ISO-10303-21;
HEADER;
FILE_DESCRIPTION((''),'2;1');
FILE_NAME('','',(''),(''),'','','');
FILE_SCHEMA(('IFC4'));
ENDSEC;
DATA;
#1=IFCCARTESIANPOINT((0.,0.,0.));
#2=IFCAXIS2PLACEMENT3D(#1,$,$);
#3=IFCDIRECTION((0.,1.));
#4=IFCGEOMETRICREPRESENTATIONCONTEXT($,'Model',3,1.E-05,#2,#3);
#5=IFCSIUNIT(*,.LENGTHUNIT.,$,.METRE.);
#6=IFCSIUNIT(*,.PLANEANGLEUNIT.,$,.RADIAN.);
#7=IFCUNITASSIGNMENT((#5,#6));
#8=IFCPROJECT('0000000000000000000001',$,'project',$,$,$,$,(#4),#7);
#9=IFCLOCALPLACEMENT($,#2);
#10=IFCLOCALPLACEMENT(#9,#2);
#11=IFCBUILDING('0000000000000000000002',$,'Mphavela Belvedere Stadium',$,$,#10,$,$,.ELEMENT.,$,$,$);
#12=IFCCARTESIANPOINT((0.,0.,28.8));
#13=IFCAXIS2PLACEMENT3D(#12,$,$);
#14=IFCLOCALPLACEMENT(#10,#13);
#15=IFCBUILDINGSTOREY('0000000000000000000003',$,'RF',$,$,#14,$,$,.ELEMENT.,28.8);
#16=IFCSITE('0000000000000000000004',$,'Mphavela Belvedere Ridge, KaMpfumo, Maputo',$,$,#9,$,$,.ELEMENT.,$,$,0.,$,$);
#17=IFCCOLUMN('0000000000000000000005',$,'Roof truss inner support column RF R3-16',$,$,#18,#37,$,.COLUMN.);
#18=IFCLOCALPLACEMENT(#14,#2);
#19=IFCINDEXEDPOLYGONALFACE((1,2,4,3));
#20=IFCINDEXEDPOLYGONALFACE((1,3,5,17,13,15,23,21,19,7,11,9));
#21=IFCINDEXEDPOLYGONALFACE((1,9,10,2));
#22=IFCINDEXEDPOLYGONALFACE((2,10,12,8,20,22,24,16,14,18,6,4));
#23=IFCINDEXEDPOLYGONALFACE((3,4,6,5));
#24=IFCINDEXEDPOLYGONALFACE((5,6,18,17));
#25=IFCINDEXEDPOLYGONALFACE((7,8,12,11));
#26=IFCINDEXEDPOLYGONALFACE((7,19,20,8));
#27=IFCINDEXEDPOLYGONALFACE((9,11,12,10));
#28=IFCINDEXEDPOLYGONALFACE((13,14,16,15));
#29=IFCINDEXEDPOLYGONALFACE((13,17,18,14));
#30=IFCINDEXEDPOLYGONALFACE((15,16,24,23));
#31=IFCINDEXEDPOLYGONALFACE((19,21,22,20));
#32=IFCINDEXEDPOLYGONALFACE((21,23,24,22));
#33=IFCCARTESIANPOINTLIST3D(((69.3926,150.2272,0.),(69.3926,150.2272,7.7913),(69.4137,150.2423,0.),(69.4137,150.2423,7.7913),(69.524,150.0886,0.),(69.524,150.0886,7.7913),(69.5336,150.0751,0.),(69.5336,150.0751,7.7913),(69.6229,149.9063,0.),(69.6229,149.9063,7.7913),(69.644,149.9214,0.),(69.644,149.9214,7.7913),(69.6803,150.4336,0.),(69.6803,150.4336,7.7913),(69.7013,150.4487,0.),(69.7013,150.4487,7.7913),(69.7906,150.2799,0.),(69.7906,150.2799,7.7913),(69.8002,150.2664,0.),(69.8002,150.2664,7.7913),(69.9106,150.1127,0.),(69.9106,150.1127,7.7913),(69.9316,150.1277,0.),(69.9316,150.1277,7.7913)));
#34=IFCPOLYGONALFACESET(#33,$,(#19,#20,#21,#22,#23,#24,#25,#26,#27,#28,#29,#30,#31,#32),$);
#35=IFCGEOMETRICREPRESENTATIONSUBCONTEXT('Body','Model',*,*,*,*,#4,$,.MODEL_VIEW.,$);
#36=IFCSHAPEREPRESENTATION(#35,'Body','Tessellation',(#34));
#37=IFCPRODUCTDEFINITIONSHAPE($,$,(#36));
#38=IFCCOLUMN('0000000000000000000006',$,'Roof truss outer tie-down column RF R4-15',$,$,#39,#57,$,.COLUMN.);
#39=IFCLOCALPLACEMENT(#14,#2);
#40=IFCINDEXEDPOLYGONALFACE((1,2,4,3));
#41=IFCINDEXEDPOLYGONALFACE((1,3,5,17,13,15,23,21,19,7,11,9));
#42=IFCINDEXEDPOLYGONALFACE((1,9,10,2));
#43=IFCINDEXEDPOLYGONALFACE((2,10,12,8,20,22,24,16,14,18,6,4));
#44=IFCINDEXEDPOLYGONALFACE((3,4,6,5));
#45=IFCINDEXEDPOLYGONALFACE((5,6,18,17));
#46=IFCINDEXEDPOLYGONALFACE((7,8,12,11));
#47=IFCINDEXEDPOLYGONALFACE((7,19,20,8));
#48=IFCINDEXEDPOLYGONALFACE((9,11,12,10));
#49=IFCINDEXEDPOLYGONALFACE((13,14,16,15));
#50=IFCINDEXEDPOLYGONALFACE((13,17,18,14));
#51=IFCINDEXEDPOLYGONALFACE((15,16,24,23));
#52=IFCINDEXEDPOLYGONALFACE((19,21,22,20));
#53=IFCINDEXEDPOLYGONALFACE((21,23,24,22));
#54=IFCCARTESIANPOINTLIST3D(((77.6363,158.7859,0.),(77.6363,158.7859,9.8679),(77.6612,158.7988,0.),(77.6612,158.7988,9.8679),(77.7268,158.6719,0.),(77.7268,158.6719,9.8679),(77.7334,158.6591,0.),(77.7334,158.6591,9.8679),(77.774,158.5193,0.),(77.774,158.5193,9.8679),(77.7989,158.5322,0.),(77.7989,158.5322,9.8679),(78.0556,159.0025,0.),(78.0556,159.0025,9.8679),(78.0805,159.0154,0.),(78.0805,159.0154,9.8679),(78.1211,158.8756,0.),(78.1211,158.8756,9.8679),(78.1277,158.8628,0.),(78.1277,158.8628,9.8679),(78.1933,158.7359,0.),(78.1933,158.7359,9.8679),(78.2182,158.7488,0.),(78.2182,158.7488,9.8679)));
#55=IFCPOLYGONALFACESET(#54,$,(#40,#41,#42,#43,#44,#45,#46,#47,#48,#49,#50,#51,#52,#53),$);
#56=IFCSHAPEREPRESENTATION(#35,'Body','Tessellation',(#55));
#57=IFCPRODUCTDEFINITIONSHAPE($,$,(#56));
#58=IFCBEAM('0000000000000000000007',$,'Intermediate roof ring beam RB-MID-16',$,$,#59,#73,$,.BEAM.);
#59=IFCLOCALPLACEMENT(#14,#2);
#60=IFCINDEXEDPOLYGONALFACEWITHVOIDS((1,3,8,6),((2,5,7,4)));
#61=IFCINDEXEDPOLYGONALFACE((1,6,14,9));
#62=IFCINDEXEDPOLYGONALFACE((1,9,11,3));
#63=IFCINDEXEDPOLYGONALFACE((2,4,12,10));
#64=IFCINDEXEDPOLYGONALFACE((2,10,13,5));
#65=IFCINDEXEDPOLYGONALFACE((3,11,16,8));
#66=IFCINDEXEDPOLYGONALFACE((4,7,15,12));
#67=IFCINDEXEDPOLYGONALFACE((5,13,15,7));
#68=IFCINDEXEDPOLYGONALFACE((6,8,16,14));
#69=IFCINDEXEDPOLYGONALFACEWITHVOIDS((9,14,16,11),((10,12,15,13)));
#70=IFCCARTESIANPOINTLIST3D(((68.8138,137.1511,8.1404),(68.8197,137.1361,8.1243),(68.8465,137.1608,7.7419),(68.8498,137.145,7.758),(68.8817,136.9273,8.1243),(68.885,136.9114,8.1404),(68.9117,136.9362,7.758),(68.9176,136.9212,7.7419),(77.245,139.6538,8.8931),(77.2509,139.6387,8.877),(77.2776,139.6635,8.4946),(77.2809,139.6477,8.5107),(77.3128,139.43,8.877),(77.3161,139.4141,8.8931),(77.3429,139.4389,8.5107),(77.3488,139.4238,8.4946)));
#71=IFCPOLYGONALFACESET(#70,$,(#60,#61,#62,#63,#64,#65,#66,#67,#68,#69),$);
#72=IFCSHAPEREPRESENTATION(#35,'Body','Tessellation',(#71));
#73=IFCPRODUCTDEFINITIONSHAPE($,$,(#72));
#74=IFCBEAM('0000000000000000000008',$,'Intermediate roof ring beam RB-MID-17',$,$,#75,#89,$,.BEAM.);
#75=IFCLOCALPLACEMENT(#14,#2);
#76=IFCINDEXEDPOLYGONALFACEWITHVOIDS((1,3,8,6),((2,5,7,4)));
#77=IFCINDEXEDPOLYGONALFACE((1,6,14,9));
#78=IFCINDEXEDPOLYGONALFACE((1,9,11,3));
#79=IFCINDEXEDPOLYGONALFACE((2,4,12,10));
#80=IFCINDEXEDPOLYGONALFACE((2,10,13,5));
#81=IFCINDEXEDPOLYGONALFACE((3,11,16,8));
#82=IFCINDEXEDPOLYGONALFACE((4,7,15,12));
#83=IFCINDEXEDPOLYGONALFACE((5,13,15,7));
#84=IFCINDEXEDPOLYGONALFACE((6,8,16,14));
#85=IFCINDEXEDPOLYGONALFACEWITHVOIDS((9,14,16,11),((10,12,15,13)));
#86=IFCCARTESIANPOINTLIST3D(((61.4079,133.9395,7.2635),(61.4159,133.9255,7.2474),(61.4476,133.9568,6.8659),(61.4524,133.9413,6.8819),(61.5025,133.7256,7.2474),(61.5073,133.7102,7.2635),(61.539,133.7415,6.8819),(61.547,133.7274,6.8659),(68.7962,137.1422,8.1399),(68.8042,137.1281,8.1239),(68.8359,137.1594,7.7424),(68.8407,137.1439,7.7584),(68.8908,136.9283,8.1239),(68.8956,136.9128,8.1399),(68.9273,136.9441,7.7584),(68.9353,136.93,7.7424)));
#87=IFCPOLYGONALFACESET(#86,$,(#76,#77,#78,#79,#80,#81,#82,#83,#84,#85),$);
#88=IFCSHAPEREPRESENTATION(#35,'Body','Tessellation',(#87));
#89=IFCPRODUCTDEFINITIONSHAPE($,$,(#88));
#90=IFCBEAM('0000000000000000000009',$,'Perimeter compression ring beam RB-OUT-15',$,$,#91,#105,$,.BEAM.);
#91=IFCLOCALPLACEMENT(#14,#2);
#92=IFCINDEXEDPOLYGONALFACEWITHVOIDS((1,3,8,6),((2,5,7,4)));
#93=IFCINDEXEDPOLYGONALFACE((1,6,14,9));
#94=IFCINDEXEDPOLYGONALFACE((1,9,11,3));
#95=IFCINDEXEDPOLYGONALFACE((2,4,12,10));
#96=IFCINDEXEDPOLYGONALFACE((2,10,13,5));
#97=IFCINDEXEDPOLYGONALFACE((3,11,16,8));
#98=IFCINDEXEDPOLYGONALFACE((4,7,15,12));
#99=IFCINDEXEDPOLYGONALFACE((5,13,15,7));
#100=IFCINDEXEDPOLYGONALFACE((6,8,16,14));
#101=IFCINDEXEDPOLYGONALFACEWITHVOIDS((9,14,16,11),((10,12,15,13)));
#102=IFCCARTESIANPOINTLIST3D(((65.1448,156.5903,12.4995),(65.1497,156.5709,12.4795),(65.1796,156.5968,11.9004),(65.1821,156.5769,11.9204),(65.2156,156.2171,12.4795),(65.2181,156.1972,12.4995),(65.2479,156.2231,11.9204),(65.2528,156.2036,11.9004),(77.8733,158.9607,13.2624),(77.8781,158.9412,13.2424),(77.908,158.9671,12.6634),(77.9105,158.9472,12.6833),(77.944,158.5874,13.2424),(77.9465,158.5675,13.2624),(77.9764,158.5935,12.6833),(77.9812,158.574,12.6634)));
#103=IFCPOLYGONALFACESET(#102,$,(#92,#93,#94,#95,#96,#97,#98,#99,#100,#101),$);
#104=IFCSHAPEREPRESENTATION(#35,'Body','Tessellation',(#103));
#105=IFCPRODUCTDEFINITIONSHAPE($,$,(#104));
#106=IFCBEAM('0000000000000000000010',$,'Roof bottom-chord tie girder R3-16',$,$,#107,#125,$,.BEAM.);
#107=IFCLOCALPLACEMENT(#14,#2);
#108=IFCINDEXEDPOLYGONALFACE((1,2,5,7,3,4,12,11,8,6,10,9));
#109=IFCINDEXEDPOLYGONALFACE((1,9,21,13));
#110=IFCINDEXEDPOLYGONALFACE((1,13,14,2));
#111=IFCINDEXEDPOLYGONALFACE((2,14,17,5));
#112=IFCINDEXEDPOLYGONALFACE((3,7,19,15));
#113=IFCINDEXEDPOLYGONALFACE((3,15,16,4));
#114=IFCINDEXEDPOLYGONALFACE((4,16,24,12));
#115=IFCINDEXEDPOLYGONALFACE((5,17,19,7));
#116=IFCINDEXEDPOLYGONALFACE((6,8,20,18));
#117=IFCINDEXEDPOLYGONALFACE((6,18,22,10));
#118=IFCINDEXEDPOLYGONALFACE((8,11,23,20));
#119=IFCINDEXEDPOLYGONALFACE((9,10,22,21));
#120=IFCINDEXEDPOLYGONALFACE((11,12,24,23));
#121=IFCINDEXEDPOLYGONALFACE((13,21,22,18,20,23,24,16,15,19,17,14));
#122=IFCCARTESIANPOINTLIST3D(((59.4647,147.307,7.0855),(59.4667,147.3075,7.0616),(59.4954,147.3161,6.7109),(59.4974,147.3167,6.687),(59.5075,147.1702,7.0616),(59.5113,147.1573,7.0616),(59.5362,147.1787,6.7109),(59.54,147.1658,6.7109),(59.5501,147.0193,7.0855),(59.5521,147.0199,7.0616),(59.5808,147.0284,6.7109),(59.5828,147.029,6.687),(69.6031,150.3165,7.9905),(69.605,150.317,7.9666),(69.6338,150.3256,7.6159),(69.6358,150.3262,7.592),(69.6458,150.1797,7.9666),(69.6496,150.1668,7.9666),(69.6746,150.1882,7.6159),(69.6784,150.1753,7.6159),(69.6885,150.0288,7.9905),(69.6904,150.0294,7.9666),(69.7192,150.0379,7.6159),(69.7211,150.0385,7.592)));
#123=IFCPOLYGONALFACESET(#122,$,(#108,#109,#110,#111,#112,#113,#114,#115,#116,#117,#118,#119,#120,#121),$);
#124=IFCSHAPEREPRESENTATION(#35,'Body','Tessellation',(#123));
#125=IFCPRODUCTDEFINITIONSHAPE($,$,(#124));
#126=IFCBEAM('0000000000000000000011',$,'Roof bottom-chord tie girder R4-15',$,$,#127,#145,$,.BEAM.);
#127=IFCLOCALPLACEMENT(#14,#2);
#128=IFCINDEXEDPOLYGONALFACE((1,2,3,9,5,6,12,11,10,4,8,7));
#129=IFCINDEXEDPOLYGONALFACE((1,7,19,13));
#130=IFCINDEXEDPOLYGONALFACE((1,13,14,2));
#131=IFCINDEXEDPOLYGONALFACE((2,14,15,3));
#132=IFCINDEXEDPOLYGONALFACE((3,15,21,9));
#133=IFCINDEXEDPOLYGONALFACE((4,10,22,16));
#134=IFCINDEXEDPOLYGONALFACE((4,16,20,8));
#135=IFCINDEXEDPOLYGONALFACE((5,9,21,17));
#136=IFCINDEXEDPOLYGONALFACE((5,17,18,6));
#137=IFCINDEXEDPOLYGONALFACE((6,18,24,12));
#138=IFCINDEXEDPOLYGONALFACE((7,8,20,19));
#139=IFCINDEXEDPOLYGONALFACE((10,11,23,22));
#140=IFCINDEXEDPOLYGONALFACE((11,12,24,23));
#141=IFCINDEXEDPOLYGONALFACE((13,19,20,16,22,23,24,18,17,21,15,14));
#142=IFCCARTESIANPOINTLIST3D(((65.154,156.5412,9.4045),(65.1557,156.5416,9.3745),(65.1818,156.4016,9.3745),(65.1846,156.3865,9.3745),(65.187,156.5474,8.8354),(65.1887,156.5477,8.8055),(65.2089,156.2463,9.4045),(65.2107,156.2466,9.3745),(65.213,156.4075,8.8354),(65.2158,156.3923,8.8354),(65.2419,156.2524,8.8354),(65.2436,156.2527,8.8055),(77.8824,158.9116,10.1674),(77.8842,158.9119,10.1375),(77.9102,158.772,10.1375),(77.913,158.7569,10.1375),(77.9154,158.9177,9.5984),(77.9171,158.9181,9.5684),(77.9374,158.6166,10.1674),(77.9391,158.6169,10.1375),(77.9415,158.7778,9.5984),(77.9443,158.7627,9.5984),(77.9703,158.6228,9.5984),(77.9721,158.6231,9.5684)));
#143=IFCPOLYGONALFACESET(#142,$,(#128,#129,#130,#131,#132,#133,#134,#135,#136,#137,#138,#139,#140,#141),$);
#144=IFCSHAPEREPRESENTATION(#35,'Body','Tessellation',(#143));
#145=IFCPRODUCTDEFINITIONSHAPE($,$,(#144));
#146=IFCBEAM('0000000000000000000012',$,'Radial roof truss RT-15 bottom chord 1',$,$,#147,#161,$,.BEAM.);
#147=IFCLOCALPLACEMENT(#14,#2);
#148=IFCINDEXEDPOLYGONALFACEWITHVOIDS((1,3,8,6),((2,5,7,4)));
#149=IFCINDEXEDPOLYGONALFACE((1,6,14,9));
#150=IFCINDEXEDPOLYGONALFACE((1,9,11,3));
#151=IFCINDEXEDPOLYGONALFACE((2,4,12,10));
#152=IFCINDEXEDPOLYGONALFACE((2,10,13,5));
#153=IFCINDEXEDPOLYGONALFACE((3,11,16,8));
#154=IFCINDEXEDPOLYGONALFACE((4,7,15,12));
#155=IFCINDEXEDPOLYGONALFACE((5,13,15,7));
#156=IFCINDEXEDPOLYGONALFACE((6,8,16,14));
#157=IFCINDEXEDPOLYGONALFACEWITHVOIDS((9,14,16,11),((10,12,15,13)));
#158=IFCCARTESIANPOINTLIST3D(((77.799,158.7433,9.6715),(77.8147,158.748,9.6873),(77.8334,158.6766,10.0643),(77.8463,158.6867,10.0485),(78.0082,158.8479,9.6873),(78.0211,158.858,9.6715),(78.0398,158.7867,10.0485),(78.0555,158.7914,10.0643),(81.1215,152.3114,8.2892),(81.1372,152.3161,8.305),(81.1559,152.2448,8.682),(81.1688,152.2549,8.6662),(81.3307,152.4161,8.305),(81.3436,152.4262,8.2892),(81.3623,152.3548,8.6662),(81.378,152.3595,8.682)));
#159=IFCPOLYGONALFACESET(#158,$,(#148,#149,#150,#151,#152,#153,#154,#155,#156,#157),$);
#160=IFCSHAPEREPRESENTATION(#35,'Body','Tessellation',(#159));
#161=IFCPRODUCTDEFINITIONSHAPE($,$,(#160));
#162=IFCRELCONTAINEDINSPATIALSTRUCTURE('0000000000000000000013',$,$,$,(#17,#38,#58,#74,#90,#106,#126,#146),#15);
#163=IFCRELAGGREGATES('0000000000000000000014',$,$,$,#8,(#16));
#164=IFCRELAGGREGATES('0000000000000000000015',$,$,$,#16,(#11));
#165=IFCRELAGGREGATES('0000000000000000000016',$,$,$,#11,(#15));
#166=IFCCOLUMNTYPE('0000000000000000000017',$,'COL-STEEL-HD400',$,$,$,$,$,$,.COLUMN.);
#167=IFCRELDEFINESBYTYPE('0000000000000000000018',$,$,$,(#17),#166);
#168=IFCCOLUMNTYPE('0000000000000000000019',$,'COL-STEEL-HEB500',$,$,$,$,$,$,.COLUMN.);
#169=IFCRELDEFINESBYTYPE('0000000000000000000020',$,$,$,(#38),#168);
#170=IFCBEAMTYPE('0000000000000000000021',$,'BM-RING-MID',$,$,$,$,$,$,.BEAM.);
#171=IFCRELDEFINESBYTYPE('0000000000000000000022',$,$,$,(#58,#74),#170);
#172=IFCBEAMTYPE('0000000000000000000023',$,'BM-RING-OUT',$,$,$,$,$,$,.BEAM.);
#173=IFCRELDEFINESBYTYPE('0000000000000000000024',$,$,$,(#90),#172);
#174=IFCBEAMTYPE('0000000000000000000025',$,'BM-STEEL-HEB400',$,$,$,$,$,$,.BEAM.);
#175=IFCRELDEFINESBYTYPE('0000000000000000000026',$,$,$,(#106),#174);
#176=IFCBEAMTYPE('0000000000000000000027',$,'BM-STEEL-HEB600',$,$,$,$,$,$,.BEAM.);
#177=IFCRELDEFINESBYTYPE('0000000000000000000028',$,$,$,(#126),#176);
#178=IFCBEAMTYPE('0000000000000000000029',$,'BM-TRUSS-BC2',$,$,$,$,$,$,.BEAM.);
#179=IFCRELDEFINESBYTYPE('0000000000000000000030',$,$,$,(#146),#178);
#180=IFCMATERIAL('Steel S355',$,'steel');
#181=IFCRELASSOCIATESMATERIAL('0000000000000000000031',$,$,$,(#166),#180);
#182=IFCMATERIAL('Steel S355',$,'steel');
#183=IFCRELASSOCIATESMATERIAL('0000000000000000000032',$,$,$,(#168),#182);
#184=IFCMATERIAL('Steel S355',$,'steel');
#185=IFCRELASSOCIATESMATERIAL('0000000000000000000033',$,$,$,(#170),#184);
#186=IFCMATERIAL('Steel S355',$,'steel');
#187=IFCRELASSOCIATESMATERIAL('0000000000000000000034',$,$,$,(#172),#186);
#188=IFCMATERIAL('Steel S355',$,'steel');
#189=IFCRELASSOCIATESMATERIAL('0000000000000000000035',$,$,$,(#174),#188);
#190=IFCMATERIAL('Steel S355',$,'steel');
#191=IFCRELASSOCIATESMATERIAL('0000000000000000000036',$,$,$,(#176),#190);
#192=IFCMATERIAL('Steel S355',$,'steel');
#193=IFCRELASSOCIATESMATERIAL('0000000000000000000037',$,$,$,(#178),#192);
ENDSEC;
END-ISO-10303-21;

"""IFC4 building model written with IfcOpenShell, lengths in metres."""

from ifc_helpers import new_model, si_unit, direction, frame, origin, origin_2d, place, context, subcontext, project, spatial, hollow_rectangle, i_section, extrude, material, material_profile, profile_set, type_object, element, save


model = new_model("IFC4")

# Units and contexts
model_context = context("Model", 3, precision=1e-05, world=origin(), true_north=direction((0.0, 1.0)))
body_context = subcontext(model_context, "Body", "Model", "MODEL_VIEW")
ifc_project = project(units=[si_unit("LENGTHUNIT", "METRE"), si_unit("PLANEANGLEUNIT", "RADIAN")], contexts=[model_context])

# Site, building, storey
site_placement = place(None, origin())
site = spatial("IfcSite", under=ifc_project, at=site_placement, Name="Mphavela Belvedere Ridge, KaMpfumo, Maputo", CompositionType="ELEMENT", RefElevation=0.0)
building_placement = place(site_placement, origin())
building = spatial("IfcBuilding", under=site, at=building_placement, Name="Mphavela Belvedere Stadium", CompositionType="ELEMENT")
storey_placement = place(building_placement, frame((0.0, 0.0, 28.8)))
storey = spatial("IfcBuildingStorey", under=building, at=storey_placement, Name="RF", CompositionType="ELEMENT", Elevation=28.8)

# Columns
ifc_material_1 = material(Name="Steel S355", Category="steel")
ifc_material_profile_1 = material_profile(ifc_material_1, i_section(OverallWidth=0.395, OverallDepth=0.3799, WebThickness=0.0166, FlangeThickness=0.0259, at=origin_2d()), Name="HD 400x237")
ifc_profile_set_1 = profile_set([ifc_material_profile_1], Name="Steel S355")
column_type_1 = type_object("IfcColumnType", Name="COL-STEEL-HD400", PredefinedType="COLUMN", material=ifc_profile_set_1)
column_1_placement = place(storey_placement, frame((69.6621, 150.1775, 0.0), z_axis=(0.0, 0.0, 1.0), x_axis=(-0.582974, 0.812491, 0.0)))
element("IfcColumn", 1, at=column_1_placement, inside=storey, type_object=column_type_1, Name="Roof truss inner support column RF R3-16", PredefinedType="COLUMN", context=body_context, shape_type="SweptSolid", body=[
    extrude(i_section(OverallWidth=0.395, OverallDepth=0.3799, WebThickness=0.0166, FlangeThickness=0.0259, at=origin_2d()), origin(), (0.0, 0.0, 1.0), 7.7913),
])
ifc_material_2 = material(Name="Steel S355", Category="steel")
ifc_material_profile_2 = material_profile(ifc_material_2, i_section(OverallWidth=0.3, OverallDepth=0.5, WebThickness=0.0144, FlangeThickness=0.0281, at=origin_2d()), Name="HEB 500")
ifc_profile_set_2 = profile_set([ifc_material_profile_2], Name="Steel S355")
column_type_2 = type_object("IfcColumnType", Name="COL-STEEL-HEB500", PredefinedType="COLUMN", material=ifc_profile_set_2)
column_2_placement = place(storey_placement, frame((77.9272, 158.7673, 0.0), z_axis=(0.0, 0.0, 1.0), x_axis=(-0.45896, 0.888457, 0.0)))
element("IfcColumn", 2, at=column_2_placement, inside=storey, type_object=column_type_2, Name="Roof truss outer tie-down column RF R4-15", PredefinedType="COLUMN", context=body_context, shape_type="SweptSolid", body=[
    extrude(i_section(OverallWidth=0.3, OverallDepth=0.5, WebThickness=0.0144, FlangeThickness=0.0281, at=origin_2d()), origin(), (0.0, 0.0, 1.0), 9.8679),
])

# Beams
ifc_material_3 = material(Name="Steel S355", Category="steel")
ifc_material_profile_3 = material_profile(ifc_material_3, hollow_rectangle(XDim=0.25, YDim=0.3999, WallThickness=0.0161, at=origin_2d()), Name="RHS 400x250x16")
ifc_profile_set_3 = profile_set([ifc_material_profile_3], Name="Steel S355")
beam_type_1 = type_object("IfcBeamType", Name="BM-RING-MID", PredefinedType="BEAM", material=ifc_profile_set_3)
beam_1_placement = place(storey_placement, frame((77.2969, 139.5388, 8.6938), z_axis=(-0.955165, -0.283529, -0.085272), x_axis=(0.284566, -0.958657, 0.0)))
element("IfcBeam", 3, at=beam_1_placement, inside=storey, type_object=beam_type_1, Name="Intermediate roof ring beam RB-MID-16", PredefinedType="BEAM", context=body_context, shape_type="SweptSolid", body=[
    extrude(hollow_rectangle(XDim=0.25, YDim=0.3999, WallThickness=0.0161, at=origin_2d()), origin(), (0.0, 0.0, 1.0), 8.8269),
])
beam_2_placement = place(storey_placement, frame((68.8657, 137.0361, 7.9412), z_axis=(-0.912119, -0.395386, -0.108205), x_axis=(0.397721, -0.917506, 0.0)))
element("IfcBeam", 4, at=beam_2_placement, inside=storey, type_object=beam_type_1, Name="Intermediate roof ring beam RB-MID-17", PredefinedType="BEAM", context=body_context, shape_type="SweptSolid", body=[
    extrude(hollow_rectangle(XDim=0.25, YDim=0.3999, WallThickness=0.0161, at=origin_2d()), origin(), (0.0, 0.0, 1.0), 8.1001),
])
ifc_material_4 = material(Name="Steel S355", Category="steel")
ifc_material_profile_4 = material_profile(ifc_material_4, hollow_rectangle(XDim=0.3999, YDim=0.6001, WallThickness=0.02, at=origin_2d()), Name="RHS 600x400x20")
ifc_profile_set_4 = profile_set([ifc_material_profile_4], Name="Steel S355")
beam_type_2 = type_object("IfcBeamType", Name="BM-RING-OUT", PredefinedType="BEAM", material=ifc_profile_set_4)
beam_3_placement = place(storey_placement, frame((77.9272, 158.7673, 12.9629), z_axis=(-0.981396, -0.18276, -0.058824), x_axis=(0.183077, -0.983099, 0.0)))
element("IfcBeam", 5, at=beam_3_placement, inside=storey, type_object=beam_type_2, Name="Perimeter compression ring beam RB-OUT-15", PredefinedType="BEAM", context=body_context, shape_type="SweptSolid", body=[
    extrude(hollow_rectangle(XDim=0.3999, YDim=0.6001, WallThickness=0.02, at=origin_2d()), origin(), (0.0, 0.0, 1.0), 12.9697),
])
ifc_material_5 = material(Name="Steel S355", Category="steel")
ifc_material_profile_5 = material_profile(ifc_material_5, i_section(OverallWidth=0.3, OverallDepth=0.3999, WebThickness=0.0134, FlangeThickness=0.0239, at=origin_2d()), Name="HEB 400")
ifc_profile_set_5 = profile_set([ifc_material_profile_5], Name="Steel S355")
beam_type_3 = type_object("IfcBeamType", Name="BM-STEEL-HEB400", PredefinedType="BEAM", material=ifc_profile_set_5)
beam_4_placement = place(storey_placement, frame((69.6621, 150.1775, 7.7913), z_axis=(-0.955164, -0.283534, -0.085265), x_axis=(0.28457, -0.958655, 0.0)))
element("IfcBeam", 6, at=beam_4_placement, inside=storey, type_object=beam_type_3, Name="Roof bottom-chord tie girder R3-16", PredefinedType="BEAM", context=body_context, shape_type="SweptSolid", body=[
    extrude(i_section(OverallWidth=0.3, OverallDepth=0.3999, WebThickness=0.0134, FlangeThickness=0.0239, at=origin_2d()), origin(), (0.0, 0.0, 1.0), 10.6143),
])
ifc_material_6 = material(Name="Steel S355", Category="steel")
ifc_material_profile_6 = material_profile(ifc_material_6, i_section(OverallWidth=0.3, OverallDepth=0.6001, WebThickness=0.0154, FlangeThickness=0.03, at=origin_2d()), Name="HEB 600")
ifc_profile_set_6 = profile_set([ifc_material_profile_6], Name="Steel S355")
beam_type_4 = type_object("IfcBeamType", Name="BM-STEEL-HEB600", PredefinedType="BEAM", material=ifc_profile_set_6)
beam_5_placement = place(storey_placement, frame((77.9272, 158.7673, 9.8679), z_axis=(-0.981396, -0.18276, -0.058824), x_axis=(0.183077, -0.983099, 0.0)))
element("IfcBeam", 7, at=beam_5_placement, inside=storey, type_object=beam_type_4, Name="Roof bottom-chord tie girder R4-15", PredefinedType="BEAM", context=body_context, shape_type="SweptSolid", body=[
    extrude(i_section(OverallWidth=0.3, OverallDepth=0.6001, WebThickness=0.0154, FlangeThickness=0.03, at=origin_2d()), origin(), (0.0, 0.0, 1.0), 12.9697),
])
ifc_material_7 = material(Name="Steel S355", Category="steel")
ifc_material_profile_7 = material_profile(ifc_material_7, hollow_rectangle(XDim=0.25, YDim=0.3999, WallThickness=0.0161, at=origin_2d()), Name="RHS 400x250x16")
ifc_profile_set_7 = profile_set([ifc_material_profile_7], Name="Steel S355")
beam_type_5 = type_object("IfcBeamType", Name="BM-TRUSS-BC2", PredefinedType="BEAM", material=ifc_profile_set_7)
beam_6_placement = place(storey_placement, frame((77.9272, 158.7673, 9.8679), z_axis=(0.450807, -0.872695, -0.187557), x_axis=(0.888461, 0.458951, 0.0)))
element("IfcBeam", 8, at=beam_6_placement, inside=storey, type_object=beam_type_5, Name="Radial roof truss RT-15 bottom chord 1", PredefinedType="BEAM", context=body_context, shape_type="SweptSolid", body=[
    extrude(hollow_rectangle(XDim=0.25, YDim=0.3999, WallThickness=0.0161, at=origin_2d()), origin(), (0.0, 0.0, 1.0), 7.3701),
])

save(model, "model.ifc")
